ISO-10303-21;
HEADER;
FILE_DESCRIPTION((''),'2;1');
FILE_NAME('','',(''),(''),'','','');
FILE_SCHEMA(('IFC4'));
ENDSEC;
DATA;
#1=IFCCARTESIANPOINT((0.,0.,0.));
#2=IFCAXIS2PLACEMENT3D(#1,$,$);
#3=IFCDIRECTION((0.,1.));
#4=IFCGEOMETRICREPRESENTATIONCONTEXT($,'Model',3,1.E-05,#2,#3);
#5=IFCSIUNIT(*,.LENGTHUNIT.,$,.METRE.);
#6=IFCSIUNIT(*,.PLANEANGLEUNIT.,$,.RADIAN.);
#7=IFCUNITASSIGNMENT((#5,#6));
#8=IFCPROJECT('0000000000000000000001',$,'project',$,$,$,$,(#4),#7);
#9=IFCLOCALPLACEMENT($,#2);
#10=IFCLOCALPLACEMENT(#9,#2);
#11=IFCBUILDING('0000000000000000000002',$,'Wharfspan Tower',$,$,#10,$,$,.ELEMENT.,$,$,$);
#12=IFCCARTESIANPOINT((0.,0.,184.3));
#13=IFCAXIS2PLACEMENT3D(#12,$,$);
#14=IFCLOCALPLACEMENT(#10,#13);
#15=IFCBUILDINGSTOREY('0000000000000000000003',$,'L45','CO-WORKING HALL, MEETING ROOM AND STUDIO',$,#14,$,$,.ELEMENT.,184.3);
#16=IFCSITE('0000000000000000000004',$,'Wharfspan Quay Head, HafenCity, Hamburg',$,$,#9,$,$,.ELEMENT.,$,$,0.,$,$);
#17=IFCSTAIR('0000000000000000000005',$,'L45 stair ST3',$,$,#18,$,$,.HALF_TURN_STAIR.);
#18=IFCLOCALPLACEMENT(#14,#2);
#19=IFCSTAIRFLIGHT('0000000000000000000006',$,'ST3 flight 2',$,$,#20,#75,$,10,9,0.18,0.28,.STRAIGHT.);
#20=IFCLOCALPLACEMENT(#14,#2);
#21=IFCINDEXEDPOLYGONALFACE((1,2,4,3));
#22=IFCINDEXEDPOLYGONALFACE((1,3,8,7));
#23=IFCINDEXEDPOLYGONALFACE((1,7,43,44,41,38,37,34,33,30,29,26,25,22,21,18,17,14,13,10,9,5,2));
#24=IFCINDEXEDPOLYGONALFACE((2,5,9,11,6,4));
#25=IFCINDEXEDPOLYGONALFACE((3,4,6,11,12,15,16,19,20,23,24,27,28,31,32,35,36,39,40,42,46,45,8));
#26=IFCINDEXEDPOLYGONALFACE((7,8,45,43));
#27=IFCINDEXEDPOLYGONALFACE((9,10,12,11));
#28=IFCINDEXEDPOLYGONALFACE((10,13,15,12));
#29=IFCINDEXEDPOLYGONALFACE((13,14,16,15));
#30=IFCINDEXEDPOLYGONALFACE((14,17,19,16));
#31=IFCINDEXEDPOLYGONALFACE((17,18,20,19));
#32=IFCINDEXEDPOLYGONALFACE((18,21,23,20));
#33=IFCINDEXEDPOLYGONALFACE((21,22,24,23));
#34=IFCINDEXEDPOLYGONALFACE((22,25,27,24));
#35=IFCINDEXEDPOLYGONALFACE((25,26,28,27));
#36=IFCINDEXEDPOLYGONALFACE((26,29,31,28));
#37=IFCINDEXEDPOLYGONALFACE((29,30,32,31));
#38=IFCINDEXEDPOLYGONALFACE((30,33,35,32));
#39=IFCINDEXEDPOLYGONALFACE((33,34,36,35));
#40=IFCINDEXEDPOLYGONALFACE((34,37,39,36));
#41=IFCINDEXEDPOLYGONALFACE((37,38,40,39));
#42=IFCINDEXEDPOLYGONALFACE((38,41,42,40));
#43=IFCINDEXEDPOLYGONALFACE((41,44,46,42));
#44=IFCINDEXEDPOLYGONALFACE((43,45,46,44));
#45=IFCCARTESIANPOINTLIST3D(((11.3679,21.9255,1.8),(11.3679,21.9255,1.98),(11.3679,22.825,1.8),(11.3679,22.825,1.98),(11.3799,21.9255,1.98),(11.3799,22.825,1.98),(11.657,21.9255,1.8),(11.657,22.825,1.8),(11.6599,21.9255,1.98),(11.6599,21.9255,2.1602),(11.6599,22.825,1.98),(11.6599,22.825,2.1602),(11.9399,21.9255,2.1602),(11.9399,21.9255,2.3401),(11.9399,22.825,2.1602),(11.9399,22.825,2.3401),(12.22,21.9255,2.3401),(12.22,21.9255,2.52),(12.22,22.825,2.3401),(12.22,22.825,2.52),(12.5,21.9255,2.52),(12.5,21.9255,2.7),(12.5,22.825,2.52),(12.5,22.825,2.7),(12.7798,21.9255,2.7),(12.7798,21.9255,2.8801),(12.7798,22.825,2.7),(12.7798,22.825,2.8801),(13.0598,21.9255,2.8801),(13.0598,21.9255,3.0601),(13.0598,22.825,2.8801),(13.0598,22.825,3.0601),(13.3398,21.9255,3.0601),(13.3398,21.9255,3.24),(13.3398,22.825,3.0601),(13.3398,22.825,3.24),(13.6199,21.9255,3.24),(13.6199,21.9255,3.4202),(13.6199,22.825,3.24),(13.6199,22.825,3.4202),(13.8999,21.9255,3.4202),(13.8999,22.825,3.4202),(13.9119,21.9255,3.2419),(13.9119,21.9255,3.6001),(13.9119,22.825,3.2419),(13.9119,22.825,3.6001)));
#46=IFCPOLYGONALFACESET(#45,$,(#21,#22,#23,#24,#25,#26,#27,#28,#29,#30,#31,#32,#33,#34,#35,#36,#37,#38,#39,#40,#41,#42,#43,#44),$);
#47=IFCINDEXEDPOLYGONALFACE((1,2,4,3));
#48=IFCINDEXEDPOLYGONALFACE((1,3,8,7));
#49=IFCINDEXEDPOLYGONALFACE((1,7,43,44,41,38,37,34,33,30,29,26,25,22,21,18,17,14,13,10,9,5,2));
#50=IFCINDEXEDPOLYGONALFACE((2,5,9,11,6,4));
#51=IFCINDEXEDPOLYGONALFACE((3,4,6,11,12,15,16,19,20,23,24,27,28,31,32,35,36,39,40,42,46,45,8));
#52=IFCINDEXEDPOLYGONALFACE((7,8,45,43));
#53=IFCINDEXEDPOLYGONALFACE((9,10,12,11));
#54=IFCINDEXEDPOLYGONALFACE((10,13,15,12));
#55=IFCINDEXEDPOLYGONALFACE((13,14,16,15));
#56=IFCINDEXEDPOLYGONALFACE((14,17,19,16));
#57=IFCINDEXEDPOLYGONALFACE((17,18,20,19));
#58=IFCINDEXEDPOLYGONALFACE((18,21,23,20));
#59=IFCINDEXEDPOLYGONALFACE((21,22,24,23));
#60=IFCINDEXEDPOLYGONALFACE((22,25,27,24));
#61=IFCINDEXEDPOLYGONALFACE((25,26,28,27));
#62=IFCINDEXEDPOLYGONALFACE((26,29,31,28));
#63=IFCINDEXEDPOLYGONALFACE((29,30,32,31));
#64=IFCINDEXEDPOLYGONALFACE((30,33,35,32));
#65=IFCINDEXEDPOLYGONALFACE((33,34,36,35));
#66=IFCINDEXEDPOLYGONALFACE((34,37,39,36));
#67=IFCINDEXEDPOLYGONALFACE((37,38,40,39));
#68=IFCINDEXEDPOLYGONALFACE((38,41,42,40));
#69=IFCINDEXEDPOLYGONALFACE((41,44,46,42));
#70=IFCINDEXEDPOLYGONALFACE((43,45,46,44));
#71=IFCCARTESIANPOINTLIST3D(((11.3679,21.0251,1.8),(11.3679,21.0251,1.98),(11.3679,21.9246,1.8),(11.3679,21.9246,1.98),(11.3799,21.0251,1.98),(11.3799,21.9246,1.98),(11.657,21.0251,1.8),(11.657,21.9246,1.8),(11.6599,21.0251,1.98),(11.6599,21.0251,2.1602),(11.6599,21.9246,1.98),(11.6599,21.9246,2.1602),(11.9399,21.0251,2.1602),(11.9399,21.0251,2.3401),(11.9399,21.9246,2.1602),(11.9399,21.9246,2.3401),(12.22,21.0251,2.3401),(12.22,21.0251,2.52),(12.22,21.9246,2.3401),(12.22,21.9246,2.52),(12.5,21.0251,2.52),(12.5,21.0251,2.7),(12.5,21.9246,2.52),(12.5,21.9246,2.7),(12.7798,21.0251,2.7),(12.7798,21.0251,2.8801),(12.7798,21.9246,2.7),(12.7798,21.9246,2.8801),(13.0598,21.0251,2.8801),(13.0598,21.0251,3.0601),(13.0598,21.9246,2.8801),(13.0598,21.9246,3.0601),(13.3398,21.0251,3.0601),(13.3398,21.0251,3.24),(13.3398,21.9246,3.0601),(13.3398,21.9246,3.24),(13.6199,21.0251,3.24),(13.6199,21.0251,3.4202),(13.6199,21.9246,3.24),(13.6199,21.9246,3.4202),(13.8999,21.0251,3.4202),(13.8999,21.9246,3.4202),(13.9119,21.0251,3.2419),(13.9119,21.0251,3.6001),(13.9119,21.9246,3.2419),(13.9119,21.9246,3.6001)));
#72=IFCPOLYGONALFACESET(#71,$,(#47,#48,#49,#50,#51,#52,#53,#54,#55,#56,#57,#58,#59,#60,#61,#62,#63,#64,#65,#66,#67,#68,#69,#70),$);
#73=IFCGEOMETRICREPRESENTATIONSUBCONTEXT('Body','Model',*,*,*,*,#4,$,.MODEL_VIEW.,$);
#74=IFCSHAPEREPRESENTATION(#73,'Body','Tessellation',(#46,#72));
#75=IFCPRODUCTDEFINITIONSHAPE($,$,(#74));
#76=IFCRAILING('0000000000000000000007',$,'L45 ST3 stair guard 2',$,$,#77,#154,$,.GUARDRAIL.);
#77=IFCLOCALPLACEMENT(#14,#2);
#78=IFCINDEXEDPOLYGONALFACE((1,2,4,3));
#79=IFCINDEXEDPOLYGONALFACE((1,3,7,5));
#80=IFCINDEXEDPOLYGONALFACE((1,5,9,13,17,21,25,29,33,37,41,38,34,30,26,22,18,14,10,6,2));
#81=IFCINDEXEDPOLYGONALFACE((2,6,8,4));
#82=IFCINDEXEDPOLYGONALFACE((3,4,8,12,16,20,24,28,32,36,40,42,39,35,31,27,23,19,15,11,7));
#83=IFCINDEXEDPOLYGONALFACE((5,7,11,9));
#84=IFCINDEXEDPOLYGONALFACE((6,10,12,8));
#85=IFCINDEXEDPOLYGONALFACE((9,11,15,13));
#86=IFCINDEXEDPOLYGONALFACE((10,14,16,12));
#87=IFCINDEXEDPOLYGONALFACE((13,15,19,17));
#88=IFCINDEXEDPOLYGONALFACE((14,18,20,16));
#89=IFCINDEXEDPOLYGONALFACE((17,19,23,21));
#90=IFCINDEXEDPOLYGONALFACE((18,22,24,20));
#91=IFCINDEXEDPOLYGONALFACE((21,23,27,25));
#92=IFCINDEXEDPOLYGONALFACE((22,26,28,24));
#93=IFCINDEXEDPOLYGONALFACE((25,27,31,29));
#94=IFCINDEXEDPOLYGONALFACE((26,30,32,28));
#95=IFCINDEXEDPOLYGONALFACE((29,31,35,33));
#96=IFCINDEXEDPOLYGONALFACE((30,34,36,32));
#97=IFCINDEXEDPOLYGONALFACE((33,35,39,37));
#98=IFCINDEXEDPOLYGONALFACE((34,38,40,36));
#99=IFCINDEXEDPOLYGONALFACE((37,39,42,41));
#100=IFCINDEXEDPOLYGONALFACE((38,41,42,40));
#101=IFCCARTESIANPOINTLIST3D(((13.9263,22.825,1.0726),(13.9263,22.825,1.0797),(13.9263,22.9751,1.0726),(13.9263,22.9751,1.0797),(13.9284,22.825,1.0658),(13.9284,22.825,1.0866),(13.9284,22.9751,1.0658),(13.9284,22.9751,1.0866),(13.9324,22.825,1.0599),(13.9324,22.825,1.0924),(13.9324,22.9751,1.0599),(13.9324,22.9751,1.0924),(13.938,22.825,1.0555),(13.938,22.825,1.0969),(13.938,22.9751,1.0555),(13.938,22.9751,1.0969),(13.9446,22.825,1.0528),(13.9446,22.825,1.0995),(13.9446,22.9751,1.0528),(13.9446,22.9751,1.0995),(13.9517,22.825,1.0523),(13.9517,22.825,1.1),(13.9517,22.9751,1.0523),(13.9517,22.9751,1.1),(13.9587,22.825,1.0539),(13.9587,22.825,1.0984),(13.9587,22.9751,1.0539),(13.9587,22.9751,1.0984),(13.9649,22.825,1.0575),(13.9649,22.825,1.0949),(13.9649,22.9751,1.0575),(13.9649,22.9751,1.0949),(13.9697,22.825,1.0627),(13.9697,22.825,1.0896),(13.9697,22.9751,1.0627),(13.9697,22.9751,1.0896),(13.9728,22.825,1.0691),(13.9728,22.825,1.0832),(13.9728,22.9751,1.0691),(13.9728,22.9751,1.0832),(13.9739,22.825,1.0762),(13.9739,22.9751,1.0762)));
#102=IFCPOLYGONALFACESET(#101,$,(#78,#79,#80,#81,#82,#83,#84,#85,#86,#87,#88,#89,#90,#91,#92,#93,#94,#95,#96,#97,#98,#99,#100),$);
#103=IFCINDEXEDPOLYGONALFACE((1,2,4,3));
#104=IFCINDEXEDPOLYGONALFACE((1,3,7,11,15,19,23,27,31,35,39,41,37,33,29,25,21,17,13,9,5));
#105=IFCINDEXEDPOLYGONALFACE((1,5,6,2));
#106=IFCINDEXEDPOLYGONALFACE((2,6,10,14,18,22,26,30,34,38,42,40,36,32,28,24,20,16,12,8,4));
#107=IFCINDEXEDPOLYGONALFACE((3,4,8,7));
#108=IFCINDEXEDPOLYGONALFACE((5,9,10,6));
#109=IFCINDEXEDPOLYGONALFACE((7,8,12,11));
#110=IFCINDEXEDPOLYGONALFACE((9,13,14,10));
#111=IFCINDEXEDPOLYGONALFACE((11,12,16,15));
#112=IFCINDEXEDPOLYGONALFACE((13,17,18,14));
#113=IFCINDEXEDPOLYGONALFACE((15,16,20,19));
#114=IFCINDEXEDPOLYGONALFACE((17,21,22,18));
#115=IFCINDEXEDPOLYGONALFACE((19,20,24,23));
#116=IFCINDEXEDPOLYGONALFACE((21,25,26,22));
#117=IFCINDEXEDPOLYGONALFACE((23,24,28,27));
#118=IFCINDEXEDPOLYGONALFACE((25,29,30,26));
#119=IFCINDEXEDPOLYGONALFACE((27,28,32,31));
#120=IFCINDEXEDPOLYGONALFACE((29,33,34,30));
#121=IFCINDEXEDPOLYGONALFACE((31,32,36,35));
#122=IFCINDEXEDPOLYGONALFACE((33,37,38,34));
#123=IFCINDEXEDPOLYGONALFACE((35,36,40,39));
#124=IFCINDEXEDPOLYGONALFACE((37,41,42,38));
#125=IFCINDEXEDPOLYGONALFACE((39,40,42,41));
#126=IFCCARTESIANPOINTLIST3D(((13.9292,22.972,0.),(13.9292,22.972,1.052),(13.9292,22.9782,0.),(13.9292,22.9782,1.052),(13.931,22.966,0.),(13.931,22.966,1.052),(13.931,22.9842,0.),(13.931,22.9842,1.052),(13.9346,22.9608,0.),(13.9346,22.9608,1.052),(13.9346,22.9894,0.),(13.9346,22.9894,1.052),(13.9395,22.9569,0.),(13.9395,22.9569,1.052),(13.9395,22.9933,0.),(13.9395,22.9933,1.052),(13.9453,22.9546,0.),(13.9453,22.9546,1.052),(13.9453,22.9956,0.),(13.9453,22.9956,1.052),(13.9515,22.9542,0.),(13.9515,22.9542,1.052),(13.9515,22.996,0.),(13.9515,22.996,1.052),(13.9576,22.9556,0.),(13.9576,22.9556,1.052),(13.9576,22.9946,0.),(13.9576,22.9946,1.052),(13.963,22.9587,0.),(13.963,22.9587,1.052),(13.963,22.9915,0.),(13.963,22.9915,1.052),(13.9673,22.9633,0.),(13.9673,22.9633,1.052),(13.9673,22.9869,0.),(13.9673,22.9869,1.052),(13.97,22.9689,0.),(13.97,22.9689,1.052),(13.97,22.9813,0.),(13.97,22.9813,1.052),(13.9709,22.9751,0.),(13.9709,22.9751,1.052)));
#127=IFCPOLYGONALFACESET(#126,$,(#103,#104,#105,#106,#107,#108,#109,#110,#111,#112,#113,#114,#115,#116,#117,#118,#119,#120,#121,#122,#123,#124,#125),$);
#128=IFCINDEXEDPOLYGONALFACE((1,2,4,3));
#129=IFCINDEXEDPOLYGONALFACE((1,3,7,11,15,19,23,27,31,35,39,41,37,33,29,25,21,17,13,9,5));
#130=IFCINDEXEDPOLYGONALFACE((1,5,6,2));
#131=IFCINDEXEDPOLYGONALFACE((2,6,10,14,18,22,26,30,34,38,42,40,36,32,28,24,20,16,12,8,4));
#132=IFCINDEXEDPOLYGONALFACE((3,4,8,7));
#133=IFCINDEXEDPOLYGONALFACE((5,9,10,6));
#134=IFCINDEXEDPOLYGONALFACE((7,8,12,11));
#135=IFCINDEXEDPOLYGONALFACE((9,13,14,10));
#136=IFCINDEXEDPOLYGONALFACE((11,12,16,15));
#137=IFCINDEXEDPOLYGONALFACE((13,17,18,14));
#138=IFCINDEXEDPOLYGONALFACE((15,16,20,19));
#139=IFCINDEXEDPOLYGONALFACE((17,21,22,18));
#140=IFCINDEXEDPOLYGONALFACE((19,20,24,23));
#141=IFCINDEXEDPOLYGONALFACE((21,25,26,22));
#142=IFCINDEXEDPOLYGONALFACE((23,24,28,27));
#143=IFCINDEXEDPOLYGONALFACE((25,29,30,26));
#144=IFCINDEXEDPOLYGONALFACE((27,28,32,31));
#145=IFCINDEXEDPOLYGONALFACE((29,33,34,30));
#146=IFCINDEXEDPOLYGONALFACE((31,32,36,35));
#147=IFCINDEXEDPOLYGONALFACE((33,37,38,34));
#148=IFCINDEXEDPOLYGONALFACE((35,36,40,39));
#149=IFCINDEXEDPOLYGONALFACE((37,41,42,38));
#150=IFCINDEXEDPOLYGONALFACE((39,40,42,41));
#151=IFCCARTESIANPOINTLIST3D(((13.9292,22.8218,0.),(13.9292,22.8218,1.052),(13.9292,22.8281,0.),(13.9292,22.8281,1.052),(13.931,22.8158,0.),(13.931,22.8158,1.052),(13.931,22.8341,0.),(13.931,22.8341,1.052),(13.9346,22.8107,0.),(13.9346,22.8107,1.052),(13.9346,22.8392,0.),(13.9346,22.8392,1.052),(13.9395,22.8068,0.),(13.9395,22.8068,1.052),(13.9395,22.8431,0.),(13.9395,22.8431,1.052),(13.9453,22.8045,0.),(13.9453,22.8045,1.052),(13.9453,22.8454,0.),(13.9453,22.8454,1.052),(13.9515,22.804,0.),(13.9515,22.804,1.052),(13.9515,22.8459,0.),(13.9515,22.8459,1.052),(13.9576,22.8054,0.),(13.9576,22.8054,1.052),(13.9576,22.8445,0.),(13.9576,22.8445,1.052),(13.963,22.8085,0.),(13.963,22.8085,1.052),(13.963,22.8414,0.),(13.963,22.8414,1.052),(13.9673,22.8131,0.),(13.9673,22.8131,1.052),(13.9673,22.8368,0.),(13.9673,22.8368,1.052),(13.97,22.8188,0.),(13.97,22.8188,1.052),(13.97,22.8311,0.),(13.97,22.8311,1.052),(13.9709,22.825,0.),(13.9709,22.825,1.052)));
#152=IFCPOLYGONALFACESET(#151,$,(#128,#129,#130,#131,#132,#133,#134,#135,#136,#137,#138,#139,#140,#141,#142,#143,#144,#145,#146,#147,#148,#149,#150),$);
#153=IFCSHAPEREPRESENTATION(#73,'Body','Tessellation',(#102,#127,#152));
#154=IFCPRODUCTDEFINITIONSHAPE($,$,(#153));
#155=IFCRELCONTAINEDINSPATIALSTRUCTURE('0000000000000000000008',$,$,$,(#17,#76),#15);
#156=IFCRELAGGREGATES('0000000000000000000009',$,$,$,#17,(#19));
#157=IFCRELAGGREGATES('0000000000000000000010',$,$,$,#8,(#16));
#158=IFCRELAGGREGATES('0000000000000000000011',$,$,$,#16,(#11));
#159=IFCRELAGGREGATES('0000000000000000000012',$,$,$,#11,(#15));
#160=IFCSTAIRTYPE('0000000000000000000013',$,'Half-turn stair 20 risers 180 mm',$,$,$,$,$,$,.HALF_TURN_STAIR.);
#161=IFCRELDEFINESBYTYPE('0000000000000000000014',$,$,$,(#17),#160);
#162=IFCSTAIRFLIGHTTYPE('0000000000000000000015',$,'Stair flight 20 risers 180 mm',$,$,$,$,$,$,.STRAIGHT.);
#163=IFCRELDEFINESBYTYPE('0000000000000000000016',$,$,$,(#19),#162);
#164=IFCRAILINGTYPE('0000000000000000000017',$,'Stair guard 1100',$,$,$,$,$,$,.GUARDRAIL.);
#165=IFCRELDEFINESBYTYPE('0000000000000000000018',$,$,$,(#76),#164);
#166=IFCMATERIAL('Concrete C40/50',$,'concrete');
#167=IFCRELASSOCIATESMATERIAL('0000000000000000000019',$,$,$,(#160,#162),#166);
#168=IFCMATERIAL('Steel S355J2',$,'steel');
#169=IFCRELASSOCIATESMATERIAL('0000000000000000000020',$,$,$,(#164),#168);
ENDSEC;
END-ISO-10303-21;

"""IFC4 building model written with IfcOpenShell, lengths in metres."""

from ifc_helpers import new_model, si_unit, direction, frame, origin, origin_2d, place, context, subcontext, project, spatial, polyline, circle, outline, extrude, material, type_object, element, aggregate, save


model = new_model("IFC4")

# Units and contexts
model_context = context("Model", 3, precision=1e-05, world=origin(), true_north=direction((0.0, 1.0)))
body_context = subcontext(model_context, "Body", "Model", "MODEL_VIEW")
ifc_project = project(units=[si_unit("LENGTHUNIT", "METRE"), si_unit("PLANEANGLEUNIT", "RADIAN")], contexts=[model_context])

# Site, building, storey
site_placement = place(None, origin())
site = spatial("IfcSite", under=ifc_project, at=site_placement, Name="Wharfspan Quay Head, HafenCity, Hamburg", CompositionType="ELEMENT", RefElevation=0.0)
building_placement = place(site_placement, origin())
building = spatial("IfcBuilding", under=site, at=building_placement, Name="Wharfspan Tower", CompositionType="ELEMENT")
storey_placement = place(building_placement, frame((0.0, 0.0, 184.3)))
storey = spatial("IfcBuildingStorey", under=building, at=storey_placement, Name="L45", Description="CO-WORKING HALL, MEETING ROOM AND STUDIO", CompositionType="ELEMENT", Elevation=184.3)

# Shared definitions
ifc_material_1 = material(Name="Steel S355J2", Category="steel")

# Shared definitions
ifc_material_2 = material(Name="Concrete C40/50", Category="concrete")

# Stair, stair flight
stair_type = type_object("IfcStairType", Name="Half-turn stair 20 risers 180 mm", PredefinedType="HALF_TURN_STAIR", material=ifc_material_2)
stair_placement = place(storey_placement, origin())
stair = element("IfcStair", 1, at=stair_placement, inside=storey, type_object=stair_type, Name="L45 stair ST3", PredefinedType="HALF_TURN_STAIR")
stair_flight_type = type_object("IfcStairFlightType", Name="Stair flight 20 risers 180 mm", PredefinedType="STRAIGHT", material=ifc_material_2)
stair_flight_1_placement = place(storey_placement, frame((11.3799, 21.925, 1.8), z_axis=(0.0, 0.0, 1.0), x_axis=(1.0, 0.0, 0.0)))
stair_flight_1 = element("IfcStairFlight", 2, at=stair_flight_1_placement, type_object=stair_flight_type, Name="ST3 flight 2", NumberOfRisers=10, NumberOfTreads=9, PredefinedType="STRAIGHT", RiserHeight=0.18, TreadLength=0.28, context=body_context, shape_type="SweptSolid", body=[
    extrude(outline(polyline([(-0.012, 0.0), (-0.012, 0.1799), (0.0, 0.1799), (0.28, 0.1799), (0.28, 0.3601), (0.5601, 0.3601), (0.5601, 0.54), (0.8401, 0.54), (0.8401, 0.72), (1.1201, 0.72), (1.1201, 0.8999), (1.3999, 0.8999), (1.3999, 1.0801), (1.6799, 1.0801), (1.6799, 1.26), (1.96, 1.26), (1.96, 1.4399), (2.24, 1.4399), (2.24, 1.6201), (2.52, 1.6201), (2.532, 1.8), (2.532, 1.4419), (0.2771, 0.0), (-0.012, 0.0)])), frame((0.0, 0.8999, 0.0), z_axis=(0.0, -1.0, 0.0), x_axis=(1.0, 0.0, 0.0)), (0.0, 0.0, 1.0), 0.8994),
    extrude(outline(polyline([(-0.012, 0.0), (-0.012, 0.1799), (0.0, 0.1799), (0.28, 0.1799), (0.28, 0.3601), (0.5601, 0.3601), (0.5601, 0.54), (0.8401, 0.54), (0.8401, 0.72), (1.1201, 0.72), (1.1201, 0.8999), (1.3999, 0.8999), (1.3999, 1.0801), (1.6799, 1.0801), (1.6799, 1.26), (1.96, 1.26), (1.96, 1.4399), (2.24, 1.4399), (2.24, 1.6201), (2.52, 1.6201), (2.532, 1.8), (2.532, 1.4419), (0.2771, 0.0), (-0.012, 0.0)])), frame((0.0, -0.0005, 0.0), z_axis=(0.0, -1.0, 0.0), x_axis=(1.0, 0.0, 0.0)), (0.0, 0.0, 1.0), 0.8994),
])
aggregate(stair, [stair_flight_1])

# Railing
railing_type_1 = type_object("IfcRailingType", Name="Stair guard 1100", PredefinedType="GUARDRAIL", material=ifc_material_1)
railing_1_placement = place(storey_placement, frame((13.95, 22.9751, 0.0)))
element("IfcRailing", 3, at=railing_1_placement, inside=storey, type_object=railing_type_1, Name="L45 ST3 stair guard 2", PredefinedType="GUARDRAIL", context=body_context, shape_type="SweptSolid", body=[
    extrude(circle(Radius=0.0239, at=origin_2d()), frame((0.0, 0.0, 1.0762), z_axis=(0.0, -1.0, 0.0), x_axis=(1.0, 0.0, 0.0)), (0.0, 0.0, 1.0), 0.1501),
    extrude(circle(Radius=0.021, at=origin_2d()), origin(), (0.0, 0.0, 1.0), 1.052),
    extrude(circle(Radius=0.021, at=origin_2d()), frame((0.0, -0.1501, 0.0)), (0.0, 0.0, 1.0), 1.052),
])

save(model, "model.ifc")
